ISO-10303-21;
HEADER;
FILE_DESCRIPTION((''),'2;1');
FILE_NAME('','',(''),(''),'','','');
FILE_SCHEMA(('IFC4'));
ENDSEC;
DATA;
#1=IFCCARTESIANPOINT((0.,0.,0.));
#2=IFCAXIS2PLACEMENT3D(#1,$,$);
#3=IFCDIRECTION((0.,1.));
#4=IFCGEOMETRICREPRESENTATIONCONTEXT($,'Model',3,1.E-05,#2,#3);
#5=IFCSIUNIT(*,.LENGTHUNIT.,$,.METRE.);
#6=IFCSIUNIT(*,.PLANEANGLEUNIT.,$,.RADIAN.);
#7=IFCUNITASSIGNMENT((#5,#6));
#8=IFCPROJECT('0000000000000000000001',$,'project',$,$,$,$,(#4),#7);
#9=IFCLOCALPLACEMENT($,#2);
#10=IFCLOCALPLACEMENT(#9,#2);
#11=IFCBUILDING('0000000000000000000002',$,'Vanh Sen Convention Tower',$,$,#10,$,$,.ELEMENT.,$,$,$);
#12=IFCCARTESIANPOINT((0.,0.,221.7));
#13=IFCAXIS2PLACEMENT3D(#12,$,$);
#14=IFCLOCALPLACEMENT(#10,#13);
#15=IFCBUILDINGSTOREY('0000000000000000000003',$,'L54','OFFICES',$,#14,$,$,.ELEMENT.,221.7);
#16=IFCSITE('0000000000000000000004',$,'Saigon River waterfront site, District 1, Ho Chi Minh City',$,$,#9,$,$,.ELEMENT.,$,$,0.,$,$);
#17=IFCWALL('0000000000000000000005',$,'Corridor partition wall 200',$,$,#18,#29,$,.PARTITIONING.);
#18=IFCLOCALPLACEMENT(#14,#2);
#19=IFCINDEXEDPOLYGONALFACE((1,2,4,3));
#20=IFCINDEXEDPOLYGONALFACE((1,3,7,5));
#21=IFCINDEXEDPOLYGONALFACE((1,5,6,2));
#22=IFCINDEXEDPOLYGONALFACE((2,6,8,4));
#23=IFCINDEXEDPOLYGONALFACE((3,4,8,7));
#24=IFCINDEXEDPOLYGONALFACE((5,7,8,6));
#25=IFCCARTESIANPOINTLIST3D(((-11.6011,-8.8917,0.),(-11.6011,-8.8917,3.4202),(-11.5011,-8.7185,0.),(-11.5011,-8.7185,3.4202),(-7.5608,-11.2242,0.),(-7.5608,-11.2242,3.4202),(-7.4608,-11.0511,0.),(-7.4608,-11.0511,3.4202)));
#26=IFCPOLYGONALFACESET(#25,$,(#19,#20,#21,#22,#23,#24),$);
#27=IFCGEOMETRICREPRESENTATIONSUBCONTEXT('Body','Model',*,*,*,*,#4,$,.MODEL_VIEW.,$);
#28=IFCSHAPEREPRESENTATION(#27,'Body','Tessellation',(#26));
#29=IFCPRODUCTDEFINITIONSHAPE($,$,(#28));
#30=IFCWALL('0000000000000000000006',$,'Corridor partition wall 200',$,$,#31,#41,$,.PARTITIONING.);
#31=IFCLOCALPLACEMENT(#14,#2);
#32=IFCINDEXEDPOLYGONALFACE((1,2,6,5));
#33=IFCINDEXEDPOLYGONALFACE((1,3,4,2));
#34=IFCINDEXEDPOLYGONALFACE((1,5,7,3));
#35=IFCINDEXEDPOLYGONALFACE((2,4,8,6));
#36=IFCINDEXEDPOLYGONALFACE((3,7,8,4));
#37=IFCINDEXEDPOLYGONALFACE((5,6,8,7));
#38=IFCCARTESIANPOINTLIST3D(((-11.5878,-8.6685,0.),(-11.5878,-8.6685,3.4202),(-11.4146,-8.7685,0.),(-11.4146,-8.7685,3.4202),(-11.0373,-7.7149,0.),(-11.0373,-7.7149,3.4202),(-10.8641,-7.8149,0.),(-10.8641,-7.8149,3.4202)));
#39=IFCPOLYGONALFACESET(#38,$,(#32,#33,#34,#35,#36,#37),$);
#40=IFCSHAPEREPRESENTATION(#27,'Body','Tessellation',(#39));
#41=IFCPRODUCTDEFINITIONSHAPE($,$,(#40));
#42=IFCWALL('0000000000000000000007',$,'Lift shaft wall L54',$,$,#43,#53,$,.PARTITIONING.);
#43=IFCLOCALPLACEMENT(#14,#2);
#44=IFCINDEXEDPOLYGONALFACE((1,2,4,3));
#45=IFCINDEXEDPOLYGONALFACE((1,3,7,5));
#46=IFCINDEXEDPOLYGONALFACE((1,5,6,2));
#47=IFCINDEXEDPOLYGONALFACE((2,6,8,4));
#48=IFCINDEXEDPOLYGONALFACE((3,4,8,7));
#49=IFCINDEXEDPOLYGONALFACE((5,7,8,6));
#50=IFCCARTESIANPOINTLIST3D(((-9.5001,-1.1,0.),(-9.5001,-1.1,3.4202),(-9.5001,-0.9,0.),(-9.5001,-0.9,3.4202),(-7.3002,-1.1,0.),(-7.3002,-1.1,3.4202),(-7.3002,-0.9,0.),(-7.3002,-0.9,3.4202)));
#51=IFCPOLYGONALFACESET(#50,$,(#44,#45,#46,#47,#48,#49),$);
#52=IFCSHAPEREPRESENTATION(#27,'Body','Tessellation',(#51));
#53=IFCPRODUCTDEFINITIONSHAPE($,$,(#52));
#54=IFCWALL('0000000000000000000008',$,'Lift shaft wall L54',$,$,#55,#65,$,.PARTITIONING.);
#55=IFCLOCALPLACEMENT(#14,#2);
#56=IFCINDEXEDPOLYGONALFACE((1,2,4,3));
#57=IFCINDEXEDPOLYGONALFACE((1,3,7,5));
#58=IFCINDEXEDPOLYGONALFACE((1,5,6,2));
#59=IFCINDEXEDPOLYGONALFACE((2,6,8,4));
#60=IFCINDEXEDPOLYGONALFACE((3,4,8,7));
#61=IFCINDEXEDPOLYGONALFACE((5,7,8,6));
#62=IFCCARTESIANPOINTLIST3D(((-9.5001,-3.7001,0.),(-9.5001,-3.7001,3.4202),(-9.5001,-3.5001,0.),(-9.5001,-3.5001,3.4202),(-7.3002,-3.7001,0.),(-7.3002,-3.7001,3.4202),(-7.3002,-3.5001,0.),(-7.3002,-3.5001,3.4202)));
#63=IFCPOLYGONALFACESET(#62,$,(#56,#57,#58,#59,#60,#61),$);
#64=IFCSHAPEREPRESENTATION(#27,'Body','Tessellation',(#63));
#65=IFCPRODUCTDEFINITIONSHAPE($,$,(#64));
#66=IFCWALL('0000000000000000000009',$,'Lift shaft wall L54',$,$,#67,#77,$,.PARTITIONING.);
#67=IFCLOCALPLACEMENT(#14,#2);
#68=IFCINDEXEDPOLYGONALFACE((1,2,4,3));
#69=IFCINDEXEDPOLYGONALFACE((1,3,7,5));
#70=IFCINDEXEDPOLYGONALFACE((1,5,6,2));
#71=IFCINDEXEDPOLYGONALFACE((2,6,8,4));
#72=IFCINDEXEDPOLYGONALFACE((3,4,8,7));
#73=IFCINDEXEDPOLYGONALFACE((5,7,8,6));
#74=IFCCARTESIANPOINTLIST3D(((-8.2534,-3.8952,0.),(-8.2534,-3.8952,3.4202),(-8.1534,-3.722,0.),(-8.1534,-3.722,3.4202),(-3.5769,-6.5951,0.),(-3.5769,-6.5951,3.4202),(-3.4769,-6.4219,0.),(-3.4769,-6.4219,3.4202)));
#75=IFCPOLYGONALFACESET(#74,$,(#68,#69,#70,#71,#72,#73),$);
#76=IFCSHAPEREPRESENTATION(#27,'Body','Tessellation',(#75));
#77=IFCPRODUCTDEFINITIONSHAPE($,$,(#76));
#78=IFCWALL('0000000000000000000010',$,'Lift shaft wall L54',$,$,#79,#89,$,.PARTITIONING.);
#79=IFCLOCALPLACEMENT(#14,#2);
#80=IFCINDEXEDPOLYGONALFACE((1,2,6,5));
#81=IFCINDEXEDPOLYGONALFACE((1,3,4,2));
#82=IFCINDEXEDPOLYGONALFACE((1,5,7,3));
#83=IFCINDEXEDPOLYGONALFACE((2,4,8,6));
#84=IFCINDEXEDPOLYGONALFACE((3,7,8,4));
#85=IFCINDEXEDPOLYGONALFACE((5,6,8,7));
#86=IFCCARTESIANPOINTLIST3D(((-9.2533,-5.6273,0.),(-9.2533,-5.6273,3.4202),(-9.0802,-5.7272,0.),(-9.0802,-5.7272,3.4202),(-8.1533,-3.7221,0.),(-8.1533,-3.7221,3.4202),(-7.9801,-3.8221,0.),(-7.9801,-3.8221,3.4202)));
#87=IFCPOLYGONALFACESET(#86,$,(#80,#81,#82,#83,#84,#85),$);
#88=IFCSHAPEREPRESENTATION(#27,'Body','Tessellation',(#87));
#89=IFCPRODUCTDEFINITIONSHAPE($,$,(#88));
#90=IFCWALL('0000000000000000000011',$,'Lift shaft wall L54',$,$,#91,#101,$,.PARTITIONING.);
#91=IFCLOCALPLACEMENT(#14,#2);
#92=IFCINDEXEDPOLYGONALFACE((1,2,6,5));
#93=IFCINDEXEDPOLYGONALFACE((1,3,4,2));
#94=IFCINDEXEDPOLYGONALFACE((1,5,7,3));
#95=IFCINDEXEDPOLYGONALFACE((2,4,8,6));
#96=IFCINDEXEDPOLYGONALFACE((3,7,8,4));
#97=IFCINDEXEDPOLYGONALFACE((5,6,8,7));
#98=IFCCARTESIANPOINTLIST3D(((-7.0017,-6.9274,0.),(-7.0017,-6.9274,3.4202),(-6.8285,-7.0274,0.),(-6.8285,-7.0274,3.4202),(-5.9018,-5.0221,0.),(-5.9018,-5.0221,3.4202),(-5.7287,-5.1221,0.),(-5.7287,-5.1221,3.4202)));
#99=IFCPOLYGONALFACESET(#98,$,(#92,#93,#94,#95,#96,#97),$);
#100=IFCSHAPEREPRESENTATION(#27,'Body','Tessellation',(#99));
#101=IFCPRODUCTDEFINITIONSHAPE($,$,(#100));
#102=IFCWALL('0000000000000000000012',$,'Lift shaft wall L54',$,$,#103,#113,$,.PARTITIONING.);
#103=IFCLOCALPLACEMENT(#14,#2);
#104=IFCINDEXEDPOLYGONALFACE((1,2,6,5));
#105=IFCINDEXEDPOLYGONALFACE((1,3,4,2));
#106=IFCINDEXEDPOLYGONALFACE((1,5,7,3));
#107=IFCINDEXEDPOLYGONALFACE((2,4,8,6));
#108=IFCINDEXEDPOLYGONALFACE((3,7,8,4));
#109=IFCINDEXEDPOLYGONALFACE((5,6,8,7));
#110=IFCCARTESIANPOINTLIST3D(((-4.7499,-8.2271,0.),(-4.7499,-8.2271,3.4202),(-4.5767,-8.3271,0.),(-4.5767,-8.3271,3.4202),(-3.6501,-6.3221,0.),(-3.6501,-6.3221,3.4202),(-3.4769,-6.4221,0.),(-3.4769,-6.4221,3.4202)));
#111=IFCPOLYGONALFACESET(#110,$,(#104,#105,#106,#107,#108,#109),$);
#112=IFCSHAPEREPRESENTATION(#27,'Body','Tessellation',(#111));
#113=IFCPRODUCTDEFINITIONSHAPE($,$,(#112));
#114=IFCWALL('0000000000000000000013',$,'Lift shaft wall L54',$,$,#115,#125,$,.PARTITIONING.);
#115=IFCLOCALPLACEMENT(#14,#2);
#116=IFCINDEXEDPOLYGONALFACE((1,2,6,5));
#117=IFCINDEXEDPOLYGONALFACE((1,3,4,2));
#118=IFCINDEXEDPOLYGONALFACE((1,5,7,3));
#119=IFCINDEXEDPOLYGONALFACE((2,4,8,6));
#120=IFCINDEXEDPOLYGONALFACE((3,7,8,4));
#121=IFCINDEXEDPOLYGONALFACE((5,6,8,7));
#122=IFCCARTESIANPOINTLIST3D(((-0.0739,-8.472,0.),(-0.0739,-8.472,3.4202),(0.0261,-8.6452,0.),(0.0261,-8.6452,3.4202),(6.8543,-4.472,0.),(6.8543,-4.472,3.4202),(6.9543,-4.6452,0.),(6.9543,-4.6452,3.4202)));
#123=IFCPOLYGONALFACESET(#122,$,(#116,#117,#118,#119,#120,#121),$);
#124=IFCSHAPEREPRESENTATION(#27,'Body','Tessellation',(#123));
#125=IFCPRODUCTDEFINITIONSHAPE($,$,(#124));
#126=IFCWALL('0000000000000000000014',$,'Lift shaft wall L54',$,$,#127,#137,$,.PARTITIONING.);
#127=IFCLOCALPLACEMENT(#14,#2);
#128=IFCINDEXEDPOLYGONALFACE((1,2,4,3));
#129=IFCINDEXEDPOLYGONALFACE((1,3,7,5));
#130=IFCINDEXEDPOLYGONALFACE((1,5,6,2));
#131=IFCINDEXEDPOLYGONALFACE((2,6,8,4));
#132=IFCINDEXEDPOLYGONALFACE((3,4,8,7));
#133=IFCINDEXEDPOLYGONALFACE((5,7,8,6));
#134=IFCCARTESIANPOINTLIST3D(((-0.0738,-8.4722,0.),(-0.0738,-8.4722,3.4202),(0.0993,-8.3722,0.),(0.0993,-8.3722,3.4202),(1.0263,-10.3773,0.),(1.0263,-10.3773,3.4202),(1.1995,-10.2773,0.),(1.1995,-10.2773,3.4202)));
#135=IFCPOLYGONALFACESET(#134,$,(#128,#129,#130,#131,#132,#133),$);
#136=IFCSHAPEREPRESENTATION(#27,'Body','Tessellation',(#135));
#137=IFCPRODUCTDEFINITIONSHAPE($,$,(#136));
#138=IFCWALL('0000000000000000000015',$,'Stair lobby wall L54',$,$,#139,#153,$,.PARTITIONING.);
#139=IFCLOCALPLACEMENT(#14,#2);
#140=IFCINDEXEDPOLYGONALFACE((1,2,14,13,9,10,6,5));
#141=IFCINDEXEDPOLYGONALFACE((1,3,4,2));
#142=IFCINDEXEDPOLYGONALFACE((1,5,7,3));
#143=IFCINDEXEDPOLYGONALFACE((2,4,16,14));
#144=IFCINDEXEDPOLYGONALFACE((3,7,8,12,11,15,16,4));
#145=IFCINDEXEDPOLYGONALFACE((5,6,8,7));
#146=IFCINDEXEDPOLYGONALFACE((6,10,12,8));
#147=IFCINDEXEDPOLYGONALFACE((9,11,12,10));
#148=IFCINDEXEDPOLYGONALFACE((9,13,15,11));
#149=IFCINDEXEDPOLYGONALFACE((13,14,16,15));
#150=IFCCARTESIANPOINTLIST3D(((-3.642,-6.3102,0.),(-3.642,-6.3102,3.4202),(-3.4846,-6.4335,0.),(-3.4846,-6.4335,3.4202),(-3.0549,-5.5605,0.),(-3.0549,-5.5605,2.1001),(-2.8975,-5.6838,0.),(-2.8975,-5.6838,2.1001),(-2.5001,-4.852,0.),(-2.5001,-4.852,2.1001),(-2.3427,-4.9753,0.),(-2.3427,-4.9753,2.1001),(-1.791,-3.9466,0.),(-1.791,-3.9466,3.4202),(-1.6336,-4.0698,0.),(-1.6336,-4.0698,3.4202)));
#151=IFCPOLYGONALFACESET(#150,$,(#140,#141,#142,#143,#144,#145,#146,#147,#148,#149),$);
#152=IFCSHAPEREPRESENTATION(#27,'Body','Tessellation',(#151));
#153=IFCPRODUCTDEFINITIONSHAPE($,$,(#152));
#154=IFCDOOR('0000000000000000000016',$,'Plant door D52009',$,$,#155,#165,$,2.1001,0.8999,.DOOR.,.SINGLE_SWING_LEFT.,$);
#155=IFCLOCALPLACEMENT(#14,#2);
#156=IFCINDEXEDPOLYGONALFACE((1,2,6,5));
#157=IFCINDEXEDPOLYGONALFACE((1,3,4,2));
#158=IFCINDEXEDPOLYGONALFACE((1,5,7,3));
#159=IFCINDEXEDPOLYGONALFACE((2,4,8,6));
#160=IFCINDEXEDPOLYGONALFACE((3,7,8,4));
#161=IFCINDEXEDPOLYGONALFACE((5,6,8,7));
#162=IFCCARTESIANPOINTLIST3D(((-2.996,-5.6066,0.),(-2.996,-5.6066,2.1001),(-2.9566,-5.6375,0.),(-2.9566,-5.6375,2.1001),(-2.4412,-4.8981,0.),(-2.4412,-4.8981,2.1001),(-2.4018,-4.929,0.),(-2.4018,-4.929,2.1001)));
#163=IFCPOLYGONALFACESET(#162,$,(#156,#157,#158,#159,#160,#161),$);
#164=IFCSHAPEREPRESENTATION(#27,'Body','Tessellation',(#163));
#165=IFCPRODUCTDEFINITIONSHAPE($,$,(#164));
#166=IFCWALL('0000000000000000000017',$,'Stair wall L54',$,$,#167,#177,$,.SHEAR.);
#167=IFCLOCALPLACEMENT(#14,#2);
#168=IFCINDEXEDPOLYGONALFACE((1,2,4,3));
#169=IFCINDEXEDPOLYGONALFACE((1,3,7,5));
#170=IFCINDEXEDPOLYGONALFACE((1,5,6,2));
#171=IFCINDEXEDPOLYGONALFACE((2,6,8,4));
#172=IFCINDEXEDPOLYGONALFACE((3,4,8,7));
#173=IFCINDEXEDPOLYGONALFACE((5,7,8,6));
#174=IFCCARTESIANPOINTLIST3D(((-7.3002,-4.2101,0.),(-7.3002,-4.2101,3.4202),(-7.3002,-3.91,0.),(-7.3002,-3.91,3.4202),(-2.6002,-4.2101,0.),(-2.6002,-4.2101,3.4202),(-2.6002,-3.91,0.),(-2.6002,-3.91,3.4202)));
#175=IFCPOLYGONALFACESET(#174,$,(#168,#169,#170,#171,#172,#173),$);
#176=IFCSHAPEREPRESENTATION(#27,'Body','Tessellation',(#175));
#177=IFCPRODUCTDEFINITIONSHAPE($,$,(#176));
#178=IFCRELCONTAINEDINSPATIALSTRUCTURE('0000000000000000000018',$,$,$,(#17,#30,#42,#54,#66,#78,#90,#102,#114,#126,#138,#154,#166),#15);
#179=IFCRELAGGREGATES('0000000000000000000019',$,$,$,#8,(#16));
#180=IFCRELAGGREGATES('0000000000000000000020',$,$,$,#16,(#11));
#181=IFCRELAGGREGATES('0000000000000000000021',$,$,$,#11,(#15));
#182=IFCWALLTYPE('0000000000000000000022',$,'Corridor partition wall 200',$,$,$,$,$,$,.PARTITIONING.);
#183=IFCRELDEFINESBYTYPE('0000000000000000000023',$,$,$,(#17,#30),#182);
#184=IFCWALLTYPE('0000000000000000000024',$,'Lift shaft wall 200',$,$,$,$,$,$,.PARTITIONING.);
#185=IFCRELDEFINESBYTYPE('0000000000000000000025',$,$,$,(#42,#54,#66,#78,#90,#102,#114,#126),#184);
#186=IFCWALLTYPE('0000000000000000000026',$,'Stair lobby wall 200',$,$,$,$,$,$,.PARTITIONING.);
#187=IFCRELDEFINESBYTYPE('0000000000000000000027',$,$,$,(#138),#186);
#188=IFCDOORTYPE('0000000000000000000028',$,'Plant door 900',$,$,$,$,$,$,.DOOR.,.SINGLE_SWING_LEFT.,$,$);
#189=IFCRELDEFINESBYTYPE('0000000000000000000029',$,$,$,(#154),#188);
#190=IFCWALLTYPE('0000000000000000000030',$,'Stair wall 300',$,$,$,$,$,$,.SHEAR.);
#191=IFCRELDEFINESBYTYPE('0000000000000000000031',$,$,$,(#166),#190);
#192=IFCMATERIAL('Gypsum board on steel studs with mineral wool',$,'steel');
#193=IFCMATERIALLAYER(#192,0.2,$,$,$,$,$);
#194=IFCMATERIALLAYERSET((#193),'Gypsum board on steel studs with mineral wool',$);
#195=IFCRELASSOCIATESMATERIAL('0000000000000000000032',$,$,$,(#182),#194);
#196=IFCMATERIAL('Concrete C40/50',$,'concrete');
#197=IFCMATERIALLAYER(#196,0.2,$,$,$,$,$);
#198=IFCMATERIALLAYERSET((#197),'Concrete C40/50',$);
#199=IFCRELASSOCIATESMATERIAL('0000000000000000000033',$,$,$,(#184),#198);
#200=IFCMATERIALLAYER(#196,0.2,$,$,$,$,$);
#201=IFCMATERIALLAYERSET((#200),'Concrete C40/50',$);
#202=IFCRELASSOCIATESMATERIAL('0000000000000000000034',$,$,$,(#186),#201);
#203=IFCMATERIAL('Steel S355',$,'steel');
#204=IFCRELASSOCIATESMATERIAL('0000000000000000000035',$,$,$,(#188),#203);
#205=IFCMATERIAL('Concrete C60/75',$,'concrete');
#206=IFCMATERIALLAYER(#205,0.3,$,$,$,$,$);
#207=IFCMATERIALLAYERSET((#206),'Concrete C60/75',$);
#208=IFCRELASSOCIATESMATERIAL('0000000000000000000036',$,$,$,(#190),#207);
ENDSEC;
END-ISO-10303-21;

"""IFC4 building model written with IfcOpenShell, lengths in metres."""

from ifc_helpers import new_model, si_unit, direction, frame, frame_2d, origin, place, context, subcontext, project, spatial, rectangle, extrude, material, layer, layer_set, type_object, element, fill, save


model = new_model("IFC4")

# Units and contexts
model_context = context("Model", 3, precision=1e-05, world=origin(), true_north=direction((0.0, 1.0)))
body_context = subcontext(model_context, "Body", "Model", "MODEL_VIEW")
ifc_project = project(units=[si_unit("LENGTHUNIT", "METRE"), si_unit("PLANEANGLEUNIT", "RADIAN")], contexts=[model_context])

# Site, building, storey
site_placement = place(None, origin())
site = spatial("IfcSite", under=ifc_project, at=site_placement, Name="Saigon River waterfront site, District 1, Ho Chi Minh City", CompositionType="ELEMENT", RefElevation=0.0)
building_placement = place(site_placement, origin())
building = spatial("IfcBuilding", under=site, at=building_placement, Name="Vanh Sen Convention Tower", CompositionType="ELEMENT")
storey_placement = place(building_placement, frame((0.0, 0.0, 221.7)))
storey = spatial("IfcBuildingStorey", under=building, at=storey_placement, Name="L54", Description="OFFICES", CompositionType="ELEMENT", Elevation=221.7)

# Shared definitions
ifc_material_1 = material(Name="Concrete C40/50", Category="concrete")

# Shared definitions
ifc_material_2 = material(Name="Concrete C60/75", Category="concrete")
ifc_material_3 = material(Name="Steel S355", Category="steel")

# Walls
ifc_material_4 = material(Name="Gypsum board on steel studs with mineral wool", Category="steel")
ifc_layer_1 = layer(ifc_material_4, 0.2)
ifc_layer_set_1 = layer_set([ifc_layer_1], Name="Gypsum board on steel studs with mineral wool")
wall_type_1 = type_object("IfcWallType", Name="Corridor partition wall 200", PredefinedType="PARTITIONING", material=ifc_layer_set_1)
wall_1_placement = place(storey_placement, frame((-11.551, -8.8052, 0.0), z_axis=(0.0, 0.0, 1.0), x_axis=(0.866038, -0.499978, 0.0)))
element("IfcWall", 1, at=wall_1_placement, inside=storey, type_object=wall_type_1, Name="Corridor partition wall 200", PredefinedType="PARTITIONING", context=body_context, shape_type="SweptSolid", body=[
    extrude(rectangle(XDim=4.6653, YDim=0.2, at=frame_2d((2.3325, 0.0))), origin(), (0.0, 0.0, 1.0), 3.4202),
])
wall_2_placement = place(storey_placement, frame((-10.9507, -7.7649, 0.0), z_axis=(0.0, 0.0, 1.0), x_axis=(-0.499978, -0.866038, 0.0)))
element("IfcWall", 2, at=wall_2_placement, inside=storey, type_object=wall_type_1, Name="Corridor partition wall 200", PredefinedType="PARTITIONING", context=body_context, shape_type="SweptSolid", body=[
    extrude(rectangle(XDim=1.1011, YDim=0.2, at=frame_2d((0.5505, 0.0))), origin(), (0.0, 0.0, 1.0), 3.4202),
])
ifc_layer_2 = layer(ifc_material_1, 0.2)
ifc_layer_set_2 = layer_set([ifc_layer_2], Name="Concrete C40/50")
wall_type_2 = type_object("IfcWallType", Name="Lift shaft wall 200", PredefinedType="PARTITIONING", material=ifc_layer_set_2)
for number, where, z_axis, x_axis, name in (
    (3, (-7.3, -1.0, 0.0), (0.0, 0.0, 1.0), (-1.0, 0.0, 0.0), "Lift shaft wall L54"),
    (4, (-7.3, -3.6001, 0.0), (0.0, 0.0, 1.0), (-1.0, 0.0, 0.0), "Lift shaft wall L54"),
):
    element("IfcWall", number, at=place(storey_placement, frame(where, z_axis=z_axis, x_axis=x_axis)), inside=storey, type_object=wall_type_2, Name=name, PredefinedType="PARTITIONING", context=body_context, shape_type="SweptSolid", body=[
        extrude(rectangle(XDim=2.2, YDim=0.2, at=frame_2d((1.1001, 0.0))), origin(), (0.0, 0.0, 1.0), 3.4202),
    ])
wall_3_placement = place(storey_placement, frame((-8.2034, -3.8086, 0.0), z_axis=(0.0, 0.0, 1.0), x_axis=(0.866028, -0.499995, 0.0)))
element("IfcWall", 5, at=wall_3_placement, inside=storey, type_object=wall_type_2, Name="Lift shaft wall L54", PredefinedType="PARTITIONING", context=body_context, shape_type="SweptSolid", body=[
    extrude(rectangle(XDim=5.3999, YDim=0.2, at=frame_2d((2.7, 0.0))), origin(), (0.0, 0.0, 1.0), 3.4202),
])
for number, where, z_axis, x_axis, name in (
    (6, (-8.0667, -3.772, 0.0), (0.0, 0.0, 1.0), (-0.50003, -0.866008, 0.0), "Lift shaft wall L54"),
    (7, (-5.8152, -5.072, 0.0), (0.0, 0.0, 1.0), (-0.499947, -0.866056, 0.0), "Lift shaft wall L54"),
):
    element("IfcWall", number, at=place(storey_placement, frame(where, z_axis=z_axis, x_axis=x_axis)), inside=storey, type_object=wall_type_2, Name=name, PredefinedType="PARTITIONING", context=body_context, shape_type="SweptSolid", body=[
        extrude(rectangle(XDim=2.2, YDim=0.2, at=frame_2d((1.1001, 0.0))), origin(), (0.0, 0.0, 1.0), 3.4202),
    ])
wall_4_placement = place(storey_placement, frame((-3.5635, -6.3721, 0.0), z_axis=(0.0, 0.0, 1.0), x_axis=(-0.499995, -0.866028, 0.0)))
element("IfcWall", 8, at=wall_4_placement, inside=storey, type_object=wall_type_2, Name="Lift shaft wall L54", PredefinedType="PARTITIONING", context=body_context, shape_type="SweptSolid", body=[
    extrude(rectangle(XDim=2.1997, YDim=0.2, at=frame_2d((1.0999, 0.0))), origin(), (0.0, 0.0, 1.0), 3.4202),
])
wall_5_placement = place(storey_placement, frame((-0.0239, -8.5586, 0.0), z_axis=(0.0, 0.0, 1.0), x_axis=(0.866026, 0.499999, 0.0)))
element("IfcWall", 9, at=wall_5_placement, inside=storey, type_object=wall_type_2, Name="Lift shaft wall L54", PredefinedType="PARTITIONING", context=body_context, shape_type="SweptSolid", body=[
    extrude(rectangle(XDim=8.0, YDim=0.2, at=frame_2d((4.0, 0.0))), origin(), (0.0, 0.0, 1.0), 3.4202),
])
wall_6_placement = place(storey_placement, frame((0.0127, -8.4221, 0.0), z_axis=(0.0, 0.0, 1.0), x_axis=(0.500078, -0.86598, 0.0)))
element("IfcWall", 10, at=wall_6_placement, inside=storey, type_object=wall_type_2, Name="Lift shaft wall L54", PredefinedType="PARTITIONING", context=body_context, shape_type="SweptSolid", body=[
    extrude(rectangle(XDim=2.2, YDim=0.2, at=frame_2d((1.1001, 0.0))), origin(), (0.0, 0.0, 1.0), 3.4202),
])

# Wall, opening, door
ifc_layer_3 = layer(ifc_material_1, 0.2)
ifc_layer_set_3 = layer_set([ifc_layer_3], Name="Concrete C40/50")
wall_type_3 = type_object("IfcWallType", Name="Stair lobby wall 200", PredefinedType="PARTITIONING", material=ifc_layer_set_3)
wall_7_placement = place(storey_placement, frame((-1.7124, -4.0083, 0.0), z_axis=(0.0, 0.0, 1.0), x_axis=(-0.616549, -0.787316, 0.0)))
wall_7 = element("IfcWall", 11, at=wall_7_placement, inside=storey, type_object=wall_type_3, Name="Stair lobby wall L54", PredefinedType="PARTITIONING", context=body_context, shape_type="SweptSolid", body=[
    extrude(rectangle(XDim=3.0022, YDim=0.2, at=frame_2d((1.501, 0.0))), origin(), (0.0, 0.0, 1.0), 3.4202),
])
opening_1_placement = place(wall_7_placement, frame((1.1499, 0.0, 0.0)))
opening_1 = element("IfcOpeningElement", 12, at=opening_1_placement, cuts=wall_7, PredefinedType="OPENING", context=body_context, shape_type="SweptSolid", body=[
    extrude(rectangle(XDim=0.8999, YDim=2.1001, at=frame_2d((0.45, 1.05))), frame((0.0, 0.1099, 0.0), z_axis=(0.0, -1.0, 0.0), x_axis=(1.0, 0.0, 0.0)), (0.0, 0.0, 1.0), 0.22),
])
door_type_1 = type_object("IfcDoorType", Name="Plant door 900", OperationType="SINGLE_SWING_LEFT", PredefinedType="DOOR", material=ifc_material_3)
door_1_placement = place(opening_1_placement, origin())
door_1 = element("IfcDoor", 13, at=door_1_placement, inside=storey, type_object=door_type_1, Name="Plant door D52009", OperationType="SINGLE_SWING_LEFT", OverallHeight=2.1001, OverallWidth=0.8999, PredefinedType="DOOR", context=body_context, shape_type="SweptSolid", body=[
    extrude(rectangle(XDim=0.8999, YDim=2.1001, at=frame_2d((0.45, 1.05))), frame((0.0, 0.0249, 0.0), z_axis=(0.0, -1.0, 0.0), x_axis=(1.0, 0.0, 0.0)), (0.0, 0.0, 1.0), 0.05),
])
fill(opening_1, door_1)

# Wall
ifc_layer_4 = layer(ifc_material_2, 0.3)
ifc_layer_set_4 = layer_set([ifc_layer_4], Name="Concrete C60/75")
wall_type_4 = type_object("IfcWallType", Name="Stair wall 300", PredefinedType="SHEAR", material=ifc_layer_set_4)
wall_8_placement = place(storey_placement, frame((-2.6001, -4.0601, 0.0), z_axis=(0.0, 0.0, 1.0), x_axis=(-1.0, 0.0, 0.0)))
element("IfcWall", 14, at=wall_8_placement, inside=storey, type_object=wall_type_4, Name="Stair wall L54", PredefinedType="SHEAR", context=body_context, shape_type="SweptSolid", body=[
    extrude(rectangle(XDim=4.7, YDim=0.3, at=frame_2d((2.3501, 0.0))), origin(), (0.0, 0.0, 1.0), 3.4202),
])

save(model, "model.ifc")
